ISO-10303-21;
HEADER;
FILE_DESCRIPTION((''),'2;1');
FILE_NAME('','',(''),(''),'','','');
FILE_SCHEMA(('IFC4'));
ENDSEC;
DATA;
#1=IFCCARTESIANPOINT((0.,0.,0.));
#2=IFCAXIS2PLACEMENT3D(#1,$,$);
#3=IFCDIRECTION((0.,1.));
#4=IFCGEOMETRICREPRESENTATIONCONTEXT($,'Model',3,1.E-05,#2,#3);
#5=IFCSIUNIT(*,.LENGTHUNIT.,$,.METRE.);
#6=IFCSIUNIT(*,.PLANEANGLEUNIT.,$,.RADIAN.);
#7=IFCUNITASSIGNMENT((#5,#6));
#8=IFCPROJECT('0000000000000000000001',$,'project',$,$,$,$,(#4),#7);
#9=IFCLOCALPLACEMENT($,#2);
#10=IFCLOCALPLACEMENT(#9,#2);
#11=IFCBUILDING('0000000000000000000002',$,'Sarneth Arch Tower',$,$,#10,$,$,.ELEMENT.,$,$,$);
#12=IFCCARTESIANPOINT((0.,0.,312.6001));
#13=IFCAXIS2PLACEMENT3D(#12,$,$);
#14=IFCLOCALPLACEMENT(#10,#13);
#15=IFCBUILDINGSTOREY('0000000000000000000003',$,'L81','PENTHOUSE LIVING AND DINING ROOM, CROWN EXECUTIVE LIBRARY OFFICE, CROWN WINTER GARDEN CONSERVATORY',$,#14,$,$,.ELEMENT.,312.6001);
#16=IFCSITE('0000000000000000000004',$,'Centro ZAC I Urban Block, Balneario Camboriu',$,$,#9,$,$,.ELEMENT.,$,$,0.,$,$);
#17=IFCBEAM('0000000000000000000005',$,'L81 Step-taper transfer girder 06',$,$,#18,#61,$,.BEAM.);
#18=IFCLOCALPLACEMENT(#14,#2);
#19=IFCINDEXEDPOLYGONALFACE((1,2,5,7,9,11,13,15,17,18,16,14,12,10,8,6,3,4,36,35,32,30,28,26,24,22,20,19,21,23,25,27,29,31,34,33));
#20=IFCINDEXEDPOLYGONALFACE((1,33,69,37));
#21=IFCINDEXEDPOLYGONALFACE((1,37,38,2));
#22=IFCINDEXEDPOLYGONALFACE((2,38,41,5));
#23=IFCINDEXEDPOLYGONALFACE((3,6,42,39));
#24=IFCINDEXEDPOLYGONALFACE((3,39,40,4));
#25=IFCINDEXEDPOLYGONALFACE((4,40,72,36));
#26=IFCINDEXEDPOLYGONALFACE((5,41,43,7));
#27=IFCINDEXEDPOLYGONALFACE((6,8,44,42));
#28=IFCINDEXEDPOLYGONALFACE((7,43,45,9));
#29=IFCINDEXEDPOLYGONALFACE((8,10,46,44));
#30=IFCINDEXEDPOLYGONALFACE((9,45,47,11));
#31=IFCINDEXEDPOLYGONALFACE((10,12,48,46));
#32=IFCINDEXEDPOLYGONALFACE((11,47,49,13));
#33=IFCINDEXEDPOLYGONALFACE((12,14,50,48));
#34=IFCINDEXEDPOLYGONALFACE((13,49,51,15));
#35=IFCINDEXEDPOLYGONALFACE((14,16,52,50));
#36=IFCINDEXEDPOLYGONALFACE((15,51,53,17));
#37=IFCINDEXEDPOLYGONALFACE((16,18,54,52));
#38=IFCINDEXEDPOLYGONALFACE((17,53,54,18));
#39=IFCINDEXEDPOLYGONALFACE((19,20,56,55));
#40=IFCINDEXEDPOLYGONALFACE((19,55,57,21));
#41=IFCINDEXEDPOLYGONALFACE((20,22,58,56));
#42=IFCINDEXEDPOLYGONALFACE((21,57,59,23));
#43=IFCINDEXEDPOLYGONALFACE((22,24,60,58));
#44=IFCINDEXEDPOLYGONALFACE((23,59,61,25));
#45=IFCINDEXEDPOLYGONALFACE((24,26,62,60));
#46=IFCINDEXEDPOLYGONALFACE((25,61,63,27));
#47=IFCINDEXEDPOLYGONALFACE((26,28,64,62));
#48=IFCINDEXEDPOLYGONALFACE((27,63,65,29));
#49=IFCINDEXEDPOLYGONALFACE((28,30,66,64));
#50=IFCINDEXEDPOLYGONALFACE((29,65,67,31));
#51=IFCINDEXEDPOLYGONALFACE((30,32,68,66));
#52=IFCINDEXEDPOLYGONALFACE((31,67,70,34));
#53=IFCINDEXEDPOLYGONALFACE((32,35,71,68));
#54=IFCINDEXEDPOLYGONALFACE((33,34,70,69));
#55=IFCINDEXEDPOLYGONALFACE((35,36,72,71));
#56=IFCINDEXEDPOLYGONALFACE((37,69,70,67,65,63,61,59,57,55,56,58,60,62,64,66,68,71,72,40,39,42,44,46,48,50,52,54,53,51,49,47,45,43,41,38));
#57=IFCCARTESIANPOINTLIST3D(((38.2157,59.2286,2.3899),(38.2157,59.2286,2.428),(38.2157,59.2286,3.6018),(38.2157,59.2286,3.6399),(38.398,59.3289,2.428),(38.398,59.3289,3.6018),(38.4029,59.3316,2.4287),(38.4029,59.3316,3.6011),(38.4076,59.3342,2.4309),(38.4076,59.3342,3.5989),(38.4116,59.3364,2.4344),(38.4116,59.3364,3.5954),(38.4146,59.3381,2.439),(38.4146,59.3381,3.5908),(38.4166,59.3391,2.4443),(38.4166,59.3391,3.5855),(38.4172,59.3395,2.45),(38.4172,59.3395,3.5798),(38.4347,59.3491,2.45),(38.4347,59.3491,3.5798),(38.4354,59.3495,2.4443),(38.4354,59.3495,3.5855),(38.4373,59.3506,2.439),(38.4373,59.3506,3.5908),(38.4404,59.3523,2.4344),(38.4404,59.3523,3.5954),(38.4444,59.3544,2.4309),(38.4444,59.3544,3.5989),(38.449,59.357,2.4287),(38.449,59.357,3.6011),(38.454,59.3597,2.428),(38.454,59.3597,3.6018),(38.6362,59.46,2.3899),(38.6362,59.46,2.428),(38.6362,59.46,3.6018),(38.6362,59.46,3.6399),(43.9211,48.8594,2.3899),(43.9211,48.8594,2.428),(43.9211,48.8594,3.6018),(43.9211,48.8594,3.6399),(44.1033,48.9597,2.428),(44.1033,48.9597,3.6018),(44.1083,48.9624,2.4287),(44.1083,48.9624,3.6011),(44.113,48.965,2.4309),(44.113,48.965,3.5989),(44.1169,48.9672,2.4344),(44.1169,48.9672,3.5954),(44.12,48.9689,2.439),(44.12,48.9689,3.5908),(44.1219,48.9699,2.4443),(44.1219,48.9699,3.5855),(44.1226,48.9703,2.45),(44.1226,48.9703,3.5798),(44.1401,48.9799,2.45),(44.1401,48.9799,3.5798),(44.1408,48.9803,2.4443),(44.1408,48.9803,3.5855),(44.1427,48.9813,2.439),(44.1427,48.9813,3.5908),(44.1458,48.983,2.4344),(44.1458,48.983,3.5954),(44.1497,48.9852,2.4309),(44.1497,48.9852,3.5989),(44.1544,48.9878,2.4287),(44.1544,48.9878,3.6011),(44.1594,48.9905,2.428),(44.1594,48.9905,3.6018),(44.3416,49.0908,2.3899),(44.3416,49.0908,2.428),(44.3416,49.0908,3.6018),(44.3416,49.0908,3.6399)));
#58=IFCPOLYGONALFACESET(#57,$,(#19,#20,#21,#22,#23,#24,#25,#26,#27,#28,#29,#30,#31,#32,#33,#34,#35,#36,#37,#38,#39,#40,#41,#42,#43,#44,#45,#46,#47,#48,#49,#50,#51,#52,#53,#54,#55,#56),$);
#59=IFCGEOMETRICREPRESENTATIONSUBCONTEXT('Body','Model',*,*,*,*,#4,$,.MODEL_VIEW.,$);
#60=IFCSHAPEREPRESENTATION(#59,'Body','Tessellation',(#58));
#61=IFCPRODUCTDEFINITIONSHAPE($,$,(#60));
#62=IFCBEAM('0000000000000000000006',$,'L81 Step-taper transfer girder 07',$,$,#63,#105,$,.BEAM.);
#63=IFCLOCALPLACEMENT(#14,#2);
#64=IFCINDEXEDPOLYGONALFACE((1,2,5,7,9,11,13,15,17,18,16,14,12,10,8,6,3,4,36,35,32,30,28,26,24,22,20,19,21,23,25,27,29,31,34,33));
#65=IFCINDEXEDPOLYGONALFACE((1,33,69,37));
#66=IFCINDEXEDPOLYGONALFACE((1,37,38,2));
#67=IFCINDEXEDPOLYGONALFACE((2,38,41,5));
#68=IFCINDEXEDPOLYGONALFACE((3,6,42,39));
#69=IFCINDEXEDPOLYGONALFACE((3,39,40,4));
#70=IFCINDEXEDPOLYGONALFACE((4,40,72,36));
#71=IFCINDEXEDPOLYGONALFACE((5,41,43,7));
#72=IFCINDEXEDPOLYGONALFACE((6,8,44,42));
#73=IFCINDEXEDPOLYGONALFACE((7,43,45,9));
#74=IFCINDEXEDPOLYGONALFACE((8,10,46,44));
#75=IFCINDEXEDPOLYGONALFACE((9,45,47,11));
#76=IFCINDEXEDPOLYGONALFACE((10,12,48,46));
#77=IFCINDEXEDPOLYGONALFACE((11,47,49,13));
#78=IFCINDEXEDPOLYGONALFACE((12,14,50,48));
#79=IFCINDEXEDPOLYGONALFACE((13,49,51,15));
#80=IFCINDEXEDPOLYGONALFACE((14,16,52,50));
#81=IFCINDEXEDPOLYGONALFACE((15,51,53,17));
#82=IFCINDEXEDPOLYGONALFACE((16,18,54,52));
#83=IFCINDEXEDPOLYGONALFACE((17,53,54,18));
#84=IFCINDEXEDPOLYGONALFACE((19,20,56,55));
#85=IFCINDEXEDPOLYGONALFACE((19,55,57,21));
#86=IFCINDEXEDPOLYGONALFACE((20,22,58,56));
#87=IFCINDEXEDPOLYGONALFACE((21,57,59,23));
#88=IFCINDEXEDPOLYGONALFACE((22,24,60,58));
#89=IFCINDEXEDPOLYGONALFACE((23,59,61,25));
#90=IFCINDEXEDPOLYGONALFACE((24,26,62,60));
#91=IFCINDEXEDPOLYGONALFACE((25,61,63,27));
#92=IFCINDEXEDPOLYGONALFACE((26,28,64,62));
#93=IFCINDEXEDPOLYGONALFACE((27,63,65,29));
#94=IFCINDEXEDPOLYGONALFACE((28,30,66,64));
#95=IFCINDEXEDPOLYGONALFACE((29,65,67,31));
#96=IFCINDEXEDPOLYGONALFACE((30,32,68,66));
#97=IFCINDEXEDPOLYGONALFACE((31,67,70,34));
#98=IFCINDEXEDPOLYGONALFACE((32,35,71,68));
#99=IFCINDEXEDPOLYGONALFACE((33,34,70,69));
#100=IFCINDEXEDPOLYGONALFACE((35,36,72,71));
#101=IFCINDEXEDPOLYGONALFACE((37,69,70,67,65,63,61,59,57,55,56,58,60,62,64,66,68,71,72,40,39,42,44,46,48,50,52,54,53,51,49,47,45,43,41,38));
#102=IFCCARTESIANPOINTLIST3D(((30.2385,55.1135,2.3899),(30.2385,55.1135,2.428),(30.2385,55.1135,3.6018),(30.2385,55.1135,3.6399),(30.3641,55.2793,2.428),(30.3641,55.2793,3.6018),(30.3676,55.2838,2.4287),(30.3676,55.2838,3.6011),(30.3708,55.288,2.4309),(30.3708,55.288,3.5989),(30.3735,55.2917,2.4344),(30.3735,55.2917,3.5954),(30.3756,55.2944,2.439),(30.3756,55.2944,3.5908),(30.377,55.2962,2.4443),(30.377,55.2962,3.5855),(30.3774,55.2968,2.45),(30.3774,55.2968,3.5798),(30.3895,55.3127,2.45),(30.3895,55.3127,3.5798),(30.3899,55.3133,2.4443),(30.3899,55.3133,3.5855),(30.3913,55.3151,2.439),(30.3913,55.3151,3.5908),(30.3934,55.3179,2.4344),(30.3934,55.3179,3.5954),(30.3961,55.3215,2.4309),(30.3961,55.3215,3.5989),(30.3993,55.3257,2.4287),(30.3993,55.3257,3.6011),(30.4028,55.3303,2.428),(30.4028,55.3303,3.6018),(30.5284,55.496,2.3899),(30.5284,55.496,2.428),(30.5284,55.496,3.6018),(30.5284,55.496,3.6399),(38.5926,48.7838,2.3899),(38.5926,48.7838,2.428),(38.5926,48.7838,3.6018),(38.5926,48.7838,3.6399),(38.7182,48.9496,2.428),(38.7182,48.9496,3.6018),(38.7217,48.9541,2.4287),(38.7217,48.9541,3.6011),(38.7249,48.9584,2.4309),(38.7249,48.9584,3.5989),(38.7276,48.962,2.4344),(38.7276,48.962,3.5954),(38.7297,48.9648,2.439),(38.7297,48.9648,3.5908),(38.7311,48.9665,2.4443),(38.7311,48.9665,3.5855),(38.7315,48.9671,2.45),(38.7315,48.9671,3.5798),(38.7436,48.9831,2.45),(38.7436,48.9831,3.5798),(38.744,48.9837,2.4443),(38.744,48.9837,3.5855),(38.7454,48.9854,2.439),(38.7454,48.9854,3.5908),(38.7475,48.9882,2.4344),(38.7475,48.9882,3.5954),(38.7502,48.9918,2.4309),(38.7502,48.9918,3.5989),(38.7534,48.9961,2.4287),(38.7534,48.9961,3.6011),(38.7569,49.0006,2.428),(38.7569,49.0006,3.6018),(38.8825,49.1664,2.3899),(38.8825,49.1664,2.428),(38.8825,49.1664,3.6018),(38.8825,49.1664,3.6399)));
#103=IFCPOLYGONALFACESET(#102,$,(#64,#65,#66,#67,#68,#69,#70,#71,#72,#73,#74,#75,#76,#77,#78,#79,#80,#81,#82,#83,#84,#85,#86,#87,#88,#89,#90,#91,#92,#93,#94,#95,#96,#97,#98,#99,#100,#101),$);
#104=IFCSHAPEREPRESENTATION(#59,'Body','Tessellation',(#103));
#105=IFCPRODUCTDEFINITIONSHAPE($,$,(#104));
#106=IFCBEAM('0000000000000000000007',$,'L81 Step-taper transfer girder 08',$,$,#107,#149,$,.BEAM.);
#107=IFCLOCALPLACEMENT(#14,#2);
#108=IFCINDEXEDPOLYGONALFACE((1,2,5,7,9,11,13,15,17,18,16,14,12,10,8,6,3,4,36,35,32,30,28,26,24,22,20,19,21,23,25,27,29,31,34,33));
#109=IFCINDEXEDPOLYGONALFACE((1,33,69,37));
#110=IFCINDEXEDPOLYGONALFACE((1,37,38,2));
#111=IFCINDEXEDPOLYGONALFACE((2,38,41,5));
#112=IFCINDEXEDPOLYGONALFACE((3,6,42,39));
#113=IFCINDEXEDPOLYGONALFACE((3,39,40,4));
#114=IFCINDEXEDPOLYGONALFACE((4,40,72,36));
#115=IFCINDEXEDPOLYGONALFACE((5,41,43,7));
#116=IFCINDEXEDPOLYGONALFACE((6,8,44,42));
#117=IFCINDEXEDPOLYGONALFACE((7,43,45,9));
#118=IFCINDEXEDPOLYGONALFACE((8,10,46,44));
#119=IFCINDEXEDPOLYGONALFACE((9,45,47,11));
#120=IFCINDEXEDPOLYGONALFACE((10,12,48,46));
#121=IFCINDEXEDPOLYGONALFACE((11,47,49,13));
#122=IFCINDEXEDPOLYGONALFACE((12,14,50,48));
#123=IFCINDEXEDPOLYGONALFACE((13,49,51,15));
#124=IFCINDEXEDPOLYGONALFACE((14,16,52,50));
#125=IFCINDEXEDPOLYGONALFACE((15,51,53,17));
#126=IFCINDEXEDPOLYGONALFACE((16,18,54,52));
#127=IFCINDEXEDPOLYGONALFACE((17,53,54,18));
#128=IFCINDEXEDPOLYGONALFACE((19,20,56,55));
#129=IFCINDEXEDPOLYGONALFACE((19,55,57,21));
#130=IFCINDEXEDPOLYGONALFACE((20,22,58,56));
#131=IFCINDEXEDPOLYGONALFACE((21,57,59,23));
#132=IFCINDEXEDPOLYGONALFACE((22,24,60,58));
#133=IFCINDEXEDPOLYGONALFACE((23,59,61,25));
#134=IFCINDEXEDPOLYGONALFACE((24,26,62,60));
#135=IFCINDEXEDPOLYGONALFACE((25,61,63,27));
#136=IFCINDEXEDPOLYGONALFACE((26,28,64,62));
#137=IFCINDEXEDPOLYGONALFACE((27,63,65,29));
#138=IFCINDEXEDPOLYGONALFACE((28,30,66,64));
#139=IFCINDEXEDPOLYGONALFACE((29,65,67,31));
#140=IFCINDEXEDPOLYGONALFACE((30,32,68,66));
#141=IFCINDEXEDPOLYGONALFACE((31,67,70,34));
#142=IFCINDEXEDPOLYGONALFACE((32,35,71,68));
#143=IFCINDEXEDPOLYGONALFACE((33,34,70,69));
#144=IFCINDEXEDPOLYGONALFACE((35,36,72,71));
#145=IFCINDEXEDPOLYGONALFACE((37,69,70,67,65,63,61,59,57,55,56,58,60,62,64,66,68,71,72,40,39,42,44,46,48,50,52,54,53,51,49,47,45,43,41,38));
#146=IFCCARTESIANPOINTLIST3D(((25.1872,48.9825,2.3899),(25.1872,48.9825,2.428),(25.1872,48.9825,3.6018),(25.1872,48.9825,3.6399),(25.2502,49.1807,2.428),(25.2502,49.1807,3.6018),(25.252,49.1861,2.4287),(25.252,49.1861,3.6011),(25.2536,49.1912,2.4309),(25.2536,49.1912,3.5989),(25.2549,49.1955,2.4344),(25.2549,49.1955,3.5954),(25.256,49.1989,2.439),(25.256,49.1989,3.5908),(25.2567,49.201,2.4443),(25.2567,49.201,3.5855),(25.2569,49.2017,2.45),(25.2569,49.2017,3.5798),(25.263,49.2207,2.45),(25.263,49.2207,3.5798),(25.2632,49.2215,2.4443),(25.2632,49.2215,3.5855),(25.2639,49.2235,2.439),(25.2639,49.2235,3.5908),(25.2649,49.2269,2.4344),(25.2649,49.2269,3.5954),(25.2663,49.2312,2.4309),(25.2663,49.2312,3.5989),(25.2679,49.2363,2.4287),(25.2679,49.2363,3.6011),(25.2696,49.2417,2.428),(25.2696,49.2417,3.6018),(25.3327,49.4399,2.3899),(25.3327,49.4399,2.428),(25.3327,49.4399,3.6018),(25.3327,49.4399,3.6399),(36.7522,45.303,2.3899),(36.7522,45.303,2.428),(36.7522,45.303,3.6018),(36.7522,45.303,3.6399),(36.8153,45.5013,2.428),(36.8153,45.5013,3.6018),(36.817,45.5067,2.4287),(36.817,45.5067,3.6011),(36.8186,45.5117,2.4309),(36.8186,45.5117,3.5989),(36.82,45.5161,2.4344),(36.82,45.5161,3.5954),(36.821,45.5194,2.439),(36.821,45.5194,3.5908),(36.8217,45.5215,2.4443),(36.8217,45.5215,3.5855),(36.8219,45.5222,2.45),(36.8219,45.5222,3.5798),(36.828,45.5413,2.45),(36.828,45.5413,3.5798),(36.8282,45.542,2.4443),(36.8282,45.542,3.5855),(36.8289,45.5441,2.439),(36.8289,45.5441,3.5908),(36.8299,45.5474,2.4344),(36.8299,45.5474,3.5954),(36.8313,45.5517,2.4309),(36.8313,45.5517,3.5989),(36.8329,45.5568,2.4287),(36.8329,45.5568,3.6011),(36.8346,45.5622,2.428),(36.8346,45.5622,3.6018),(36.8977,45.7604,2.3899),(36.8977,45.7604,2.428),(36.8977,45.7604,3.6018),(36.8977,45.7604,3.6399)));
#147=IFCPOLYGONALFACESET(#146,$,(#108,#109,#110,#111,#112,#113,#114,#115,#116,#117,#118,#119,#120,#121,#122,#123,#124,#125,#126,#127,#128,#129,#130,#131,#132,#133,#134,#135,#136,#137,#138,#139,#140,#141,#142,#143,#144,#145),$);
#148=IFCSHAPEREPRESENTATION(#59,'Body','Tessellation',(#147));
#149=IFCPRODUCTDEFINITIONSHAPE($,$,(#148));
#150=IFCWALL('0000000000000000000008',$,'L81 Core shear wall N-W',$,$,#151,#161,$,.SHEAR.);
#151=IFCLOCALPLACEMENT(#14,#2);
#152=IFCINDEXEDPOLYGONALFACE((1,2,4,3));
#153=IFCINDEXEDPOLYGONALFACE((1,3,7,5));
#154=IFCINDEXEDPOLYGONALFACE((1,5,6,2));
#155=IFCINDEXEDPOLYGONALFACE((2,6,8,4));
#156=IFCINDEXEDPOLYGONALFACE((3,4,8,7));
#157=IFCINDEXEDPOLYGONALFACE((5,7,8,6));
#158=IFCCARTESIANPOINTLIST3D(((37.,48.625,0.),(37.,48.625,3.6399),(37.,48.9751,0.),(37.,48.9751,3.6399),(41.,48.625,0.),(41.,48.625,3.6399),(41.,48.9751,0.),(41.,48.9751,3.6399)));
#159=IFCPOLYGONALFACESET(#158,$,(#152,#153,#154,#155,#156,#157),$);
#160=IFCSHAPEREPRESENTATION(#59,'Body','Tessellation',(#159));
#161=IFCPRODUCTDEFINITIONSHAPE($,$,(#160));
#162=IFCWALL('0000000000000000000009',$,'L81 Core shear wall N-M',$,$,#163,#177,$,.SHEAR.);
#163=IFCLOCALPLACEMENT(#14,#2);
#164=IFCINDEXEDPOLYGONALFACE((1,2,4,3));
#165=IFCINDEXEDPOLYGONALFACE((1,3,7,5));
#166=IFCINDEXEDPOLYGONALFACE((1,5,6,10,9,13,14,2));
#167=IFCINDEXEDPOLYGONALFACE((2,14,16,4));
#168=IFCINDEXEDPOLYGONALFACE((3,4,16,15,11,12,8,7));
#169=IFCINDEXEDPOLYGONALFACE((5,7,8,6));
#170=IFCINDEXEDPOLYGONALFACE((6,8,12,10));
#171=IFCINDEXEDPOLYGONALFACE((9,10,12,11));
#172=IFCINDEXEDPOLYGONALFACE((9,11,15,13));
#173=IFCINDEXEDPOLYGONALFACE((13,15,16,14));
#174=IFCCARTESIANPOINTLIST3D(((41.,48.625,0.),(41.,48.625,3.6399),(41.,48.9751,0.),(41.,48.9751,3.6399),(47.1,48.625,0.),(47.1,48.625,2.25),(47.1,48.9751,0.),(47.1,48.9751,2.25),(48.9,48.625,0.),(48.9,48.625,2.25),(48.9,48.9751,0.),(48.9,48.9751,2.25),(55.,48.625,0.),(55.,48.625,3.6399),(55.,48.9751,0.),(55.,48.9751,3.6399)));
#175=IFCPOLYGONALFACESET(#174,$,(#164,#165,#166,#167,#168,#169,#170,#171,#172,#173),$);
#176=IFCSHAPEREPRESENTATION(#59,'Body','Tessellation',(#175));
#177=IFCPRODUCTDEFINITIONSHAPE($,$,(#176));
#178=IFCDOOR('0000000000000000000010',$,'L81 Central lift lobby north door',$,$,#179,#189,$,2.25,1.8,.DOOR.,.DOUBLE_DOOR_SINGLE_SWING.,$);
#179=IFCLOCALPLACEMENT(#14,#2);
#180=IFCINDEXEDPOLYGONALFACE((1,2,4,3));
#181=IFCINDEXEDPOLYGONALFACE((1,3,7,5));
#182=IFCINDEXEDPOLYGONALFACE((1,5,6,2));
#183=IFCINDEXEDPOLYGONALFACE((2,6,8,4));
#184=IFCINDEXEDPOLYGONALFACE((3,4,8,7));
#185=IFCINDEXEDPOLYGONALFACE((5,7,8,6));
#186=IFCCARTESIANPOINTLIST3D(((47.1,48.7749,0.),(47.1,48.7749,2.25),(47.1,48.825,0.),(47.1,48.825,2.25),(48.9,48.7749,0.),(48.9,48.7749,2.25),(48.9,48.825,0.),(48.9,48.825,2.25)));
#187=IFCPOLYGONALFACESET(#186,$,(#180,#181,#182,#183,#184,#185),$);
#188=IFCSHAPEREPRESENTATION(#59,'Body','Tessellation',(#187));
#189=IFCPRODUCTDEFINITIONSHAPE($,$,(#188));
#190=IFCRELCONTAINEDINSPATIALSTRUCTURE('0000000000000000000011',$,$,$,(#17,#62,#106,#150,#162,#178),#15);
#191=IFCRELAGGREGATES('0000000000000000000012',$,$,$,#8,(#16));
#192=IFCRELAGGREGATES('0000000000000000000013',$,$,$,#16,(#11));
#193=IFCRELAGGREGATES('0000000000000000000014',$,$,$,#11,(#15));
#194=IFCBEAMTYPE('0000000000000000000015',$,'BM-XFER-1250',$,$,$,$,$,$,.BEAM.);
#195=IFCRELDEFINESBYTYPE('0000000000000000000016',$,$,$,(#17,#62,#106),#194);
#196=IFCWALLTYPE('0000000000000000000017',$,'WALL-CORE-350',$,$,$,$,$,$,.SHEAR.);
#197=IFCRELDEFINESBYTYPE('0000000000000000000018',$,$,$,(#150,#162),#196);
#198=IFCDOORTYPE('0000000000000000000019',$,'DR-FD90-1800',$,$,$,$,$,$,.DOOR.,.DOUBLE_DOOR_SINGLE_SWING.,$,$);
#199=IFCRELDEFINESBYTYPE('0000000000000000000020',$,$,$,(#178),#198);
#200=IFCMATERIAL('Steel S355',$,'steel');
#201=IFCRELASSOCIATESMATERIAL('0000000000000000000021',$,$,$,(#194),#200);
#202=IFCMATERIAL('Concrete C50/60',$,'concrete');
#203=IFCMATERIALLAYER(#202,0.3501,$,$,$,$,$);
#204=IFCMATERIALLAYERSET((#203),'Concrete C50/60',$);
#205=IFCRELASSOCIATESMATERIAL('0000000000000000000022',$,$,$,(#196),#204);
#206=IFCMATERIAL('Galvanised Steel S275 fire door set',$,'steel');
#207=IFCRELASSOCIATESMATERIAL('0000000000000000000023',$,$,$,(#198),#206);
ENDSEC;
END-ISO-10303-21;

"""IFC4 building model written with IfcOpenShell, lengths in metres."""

from ifc_helpers import new_model, si_unit, direction, frame, frame_2d, origin, origin_2d, place, context, subcontext, project, spatial, rectangle, i_section, extrude, material, layer, layer_set, material_profile, profile_set, type_object, element, fill, save


model = new_model("IFC4")

# Units and contexts
model_context = context("Model", 3, precision=1e-05, world=origin(), true_north=direction((0.0, 1.0)))
body_context = subcontext(model_context, "Body", "Model", "MODEL_VIEW")
ifc_project = project(units=[si_unit("LENGTHUNIT", "METRE"), si_unit("PLANEANGLEUNIT", "RADIAN")], contexts=[model_context])

# Site, building, storey
site_placement = place(None, origin())
site = spatial("IfcSite", under=ifc_project, at=site_placement, Name="Centro ZAC I Urban Block, Balneario Camboriu", CompositionType="ELEMENT", RefElevation=0.0)
building_placement = place(site_placement, origin())
building = spatial("IfcBuilding", under=site, at=building_placement, Name="Sarneth Arch Tower", CompositionType="ELEMENT")
storey_placement = place(building_placement, frame((0.0, 0.0, 312.6001)))
storey = spatial("IfcBuildingStorey", under=building, at=storey_placement, Name="L81", Description="PENTHOUSE LIVING AND DINING ROOM, CROWN EXECUTIVE LIBRARY OFFICE, CROWN WINTER GARDEN CONSERVATORY", CompositionType="ELEMENT", Elevation=312.6001)

# Beams
ifc_material_1 = material(Name="Steel S355", Category="steel")
ifc_material_profile = material_profile(ifc_material_1, i_section(OverallWidth=0.48, OverallDepth=1.25, WebThickness=0.02, FlangeThickness=0.0381, FilletRadius=0.022, at=origin_2d()), Name="CVS1250x520")
ifc_profile_set = profile_set([ifc_material_profile], Name="Steel S355")
beam_type = type_object("IfcBeamType", Name="BM-XFER-1250", PredefinedType="BEAM", material=ifc_profile_set)
beam_1_placement = place(storey_placement, frame((44.1313, 48.9751, 3.0149), z_axis=(-0.482068, 0.876134, 0.0), x_axis=(-0.876134, -0.482068, 0.0)))
element("IfcBeam", 1, at=beam_1_placement, inside=storey, type_object=beam_type, Name="L81 Step-taper transfer girder 06", PredefinedType="BEAM", context=body_context, shape_type="SweptSolid", body=[
    extrude(i_section(OverallWidth=0.48, OverallDepth=1.25, WebThickness=0.02, FlangeThickness=0.0381, FilletRadius=0.022, at=origin_2d()), origin(), (0.0, 0.0, 1.0), 11.8352),
])
beam_2_placement = place(storey_placement, frame((38.7375, 48.9751, 3.0149), z_axis=(-0.797055, 0.603906, 0.0), x_axis=(-0.603906, -0.797055, 0.0)))
element("IfcBeam", 2, at=beam_2_placement, inside=storey, type_object=beam_type, Name="L81 Step-taper transfer girder 07", PredefinedType="BEAM", context=body_context, shape_type="SweptSolid", body=[
    extrude(i_section(OverallWidth=0.48, OverallDepth=1.25, WebThickness=0.02, FlangeThickness=0.0381, FilletRadius=0.022, at=origin_2d()), origin(), (0.0, 0.0, 1.0), 10.4812),
])
beam_3_placement = place(storey_placement, frame((36.825, 45.5317, 3.0149), z_axis=(-0.952933, 0.30318, 0.0), x_axis=(-0.30318, -0.952933, 0.0)))
element("IfcBeam", 3, at=beam_3_placement, inside=storey, type_object=beam_type, Name="L81 Step-taper transfer girder 08", PredefinedType="BEAM", context=body_context, shape_type="SweptSolid", body=[
    extrude(i_section(OverallWidth=0.48, OverallDepth=1.25, WebThickness=0.02, FlangeThickness=0.0381, FilletRadius=0.022, at=origin_2d()), origin(), (0.0, 0.0, 1.0), 12.1362),
])

# Wall
ifc_material_2 = material(Name="Concrete C50/60", Category="concrete")
ifc_layer_1 = layer(ifc_material_2, 0.3501)
ifc_layer_set_1 = layer_set([ifc_layer_1], Name="Concrete C50/60")
wall_type_1 = type_object("IfcWallType", Name="WALL-CORE-350", PredefinedType="SHEAR", material=ifc_layer_set_1)
wall_1_placement = place(storey_placement, frame((37.0, 48.8, 0.0), z_axis=(0.0, 0.0, 1.0), x_axis=(1.0, 0.0, 0.0)))
element("IfcWall", 4, at=wall_1_placement, inside=storey, type_object=wall_type_1, Name="L81 Core shear wall N-W", PredefinedType="SHEAR", context=body_context, shape_type="SweptSolid", body=[
    extrude(rectangle(XDim=4.0, YDim=0.3501, at=frame_2d((2.0, 0.0))), origin(), (0.0, 0.0, 1.0), 3.6399),
])

# Wall, opening, door
wall_2_placement = place(storey_placement, frame((41.0, 48.8, 0.0), z_axis=(0.0, 0.0, 1.0), x_axis=(1.0, 0.0, 0.0)))
wall_2 = element("IfcWall", 5, at=wall_2_placement, inside=storey, type_object=wall_type_1, Name="L81 Core shear wall N-M", PredefinedType="SHEAR", context=body_context, shape_type="SweptSolid", body=[
    extrude(rectangle(XDim=14.0, YDim=0.3501, at=frame_2d((7.0, 0.0))), origin(), (0.0, 0.0, 1.0), 3.6399),
])
opening_1_placement = place(wall_2_placement, frame((6.1001, 0.0, 0.0)))
opening_1 = element("IfcOpeningElement", 6, at=opening_1_placement, cuts=wall_2, PredefinedType="OPENING", context=body_context, shape_type="SweptSolid", body=[
    extrude(rectangle(XDim=1.8, YDim=2.25, at=frame_2d((0.8999, 1.125))), frame((0.0, 0.1851, 0.0), z_axis=(0.0, -1.0, 0.0), x_axis=(1.0, 0.0, 0.0)), (0.0, 0.0, 1.0), 0.3701),
])
ifc_material_3 = material(Name="Galvanised Steel S275 fire door set", Category="steel")
door_type_1 = type_object("IfcDoorType", Name="DR-FD90-1800", OperationType="DOUBLE_DOOR_SINGLE_SWING", PredefinedType="DOOR", material=ifc_material_3)
door_1_placement = place(opening_1_placement, origin())
door_1 = element("IfcDoor", 7, at=door_1_placement, inside=storey, type_object=door_type_1, Name="L81 Central lift lobby north door", OperationType="DOUBLE_DOOR_SINGLE_SWING", OverallHeight=2.25, OverallWidth=1.8, PredefinedType="DOOR", context=body_context, shape_type="SweptSolid", body=[
    extrude(rectangle(XDim=1.8, YDim=2.25, at=frame_2d((0.8999, 1.125))), frame((0.0, 0.0249, 0.0), z_axis=(0.0, -1.0, 0.0), x_axis=(1.0, 0.0, 0.0)), (0.0, 0.0, 1.0), 0.05),
])
fill(opening_1, door_1)

save(model, "model.ifc")
